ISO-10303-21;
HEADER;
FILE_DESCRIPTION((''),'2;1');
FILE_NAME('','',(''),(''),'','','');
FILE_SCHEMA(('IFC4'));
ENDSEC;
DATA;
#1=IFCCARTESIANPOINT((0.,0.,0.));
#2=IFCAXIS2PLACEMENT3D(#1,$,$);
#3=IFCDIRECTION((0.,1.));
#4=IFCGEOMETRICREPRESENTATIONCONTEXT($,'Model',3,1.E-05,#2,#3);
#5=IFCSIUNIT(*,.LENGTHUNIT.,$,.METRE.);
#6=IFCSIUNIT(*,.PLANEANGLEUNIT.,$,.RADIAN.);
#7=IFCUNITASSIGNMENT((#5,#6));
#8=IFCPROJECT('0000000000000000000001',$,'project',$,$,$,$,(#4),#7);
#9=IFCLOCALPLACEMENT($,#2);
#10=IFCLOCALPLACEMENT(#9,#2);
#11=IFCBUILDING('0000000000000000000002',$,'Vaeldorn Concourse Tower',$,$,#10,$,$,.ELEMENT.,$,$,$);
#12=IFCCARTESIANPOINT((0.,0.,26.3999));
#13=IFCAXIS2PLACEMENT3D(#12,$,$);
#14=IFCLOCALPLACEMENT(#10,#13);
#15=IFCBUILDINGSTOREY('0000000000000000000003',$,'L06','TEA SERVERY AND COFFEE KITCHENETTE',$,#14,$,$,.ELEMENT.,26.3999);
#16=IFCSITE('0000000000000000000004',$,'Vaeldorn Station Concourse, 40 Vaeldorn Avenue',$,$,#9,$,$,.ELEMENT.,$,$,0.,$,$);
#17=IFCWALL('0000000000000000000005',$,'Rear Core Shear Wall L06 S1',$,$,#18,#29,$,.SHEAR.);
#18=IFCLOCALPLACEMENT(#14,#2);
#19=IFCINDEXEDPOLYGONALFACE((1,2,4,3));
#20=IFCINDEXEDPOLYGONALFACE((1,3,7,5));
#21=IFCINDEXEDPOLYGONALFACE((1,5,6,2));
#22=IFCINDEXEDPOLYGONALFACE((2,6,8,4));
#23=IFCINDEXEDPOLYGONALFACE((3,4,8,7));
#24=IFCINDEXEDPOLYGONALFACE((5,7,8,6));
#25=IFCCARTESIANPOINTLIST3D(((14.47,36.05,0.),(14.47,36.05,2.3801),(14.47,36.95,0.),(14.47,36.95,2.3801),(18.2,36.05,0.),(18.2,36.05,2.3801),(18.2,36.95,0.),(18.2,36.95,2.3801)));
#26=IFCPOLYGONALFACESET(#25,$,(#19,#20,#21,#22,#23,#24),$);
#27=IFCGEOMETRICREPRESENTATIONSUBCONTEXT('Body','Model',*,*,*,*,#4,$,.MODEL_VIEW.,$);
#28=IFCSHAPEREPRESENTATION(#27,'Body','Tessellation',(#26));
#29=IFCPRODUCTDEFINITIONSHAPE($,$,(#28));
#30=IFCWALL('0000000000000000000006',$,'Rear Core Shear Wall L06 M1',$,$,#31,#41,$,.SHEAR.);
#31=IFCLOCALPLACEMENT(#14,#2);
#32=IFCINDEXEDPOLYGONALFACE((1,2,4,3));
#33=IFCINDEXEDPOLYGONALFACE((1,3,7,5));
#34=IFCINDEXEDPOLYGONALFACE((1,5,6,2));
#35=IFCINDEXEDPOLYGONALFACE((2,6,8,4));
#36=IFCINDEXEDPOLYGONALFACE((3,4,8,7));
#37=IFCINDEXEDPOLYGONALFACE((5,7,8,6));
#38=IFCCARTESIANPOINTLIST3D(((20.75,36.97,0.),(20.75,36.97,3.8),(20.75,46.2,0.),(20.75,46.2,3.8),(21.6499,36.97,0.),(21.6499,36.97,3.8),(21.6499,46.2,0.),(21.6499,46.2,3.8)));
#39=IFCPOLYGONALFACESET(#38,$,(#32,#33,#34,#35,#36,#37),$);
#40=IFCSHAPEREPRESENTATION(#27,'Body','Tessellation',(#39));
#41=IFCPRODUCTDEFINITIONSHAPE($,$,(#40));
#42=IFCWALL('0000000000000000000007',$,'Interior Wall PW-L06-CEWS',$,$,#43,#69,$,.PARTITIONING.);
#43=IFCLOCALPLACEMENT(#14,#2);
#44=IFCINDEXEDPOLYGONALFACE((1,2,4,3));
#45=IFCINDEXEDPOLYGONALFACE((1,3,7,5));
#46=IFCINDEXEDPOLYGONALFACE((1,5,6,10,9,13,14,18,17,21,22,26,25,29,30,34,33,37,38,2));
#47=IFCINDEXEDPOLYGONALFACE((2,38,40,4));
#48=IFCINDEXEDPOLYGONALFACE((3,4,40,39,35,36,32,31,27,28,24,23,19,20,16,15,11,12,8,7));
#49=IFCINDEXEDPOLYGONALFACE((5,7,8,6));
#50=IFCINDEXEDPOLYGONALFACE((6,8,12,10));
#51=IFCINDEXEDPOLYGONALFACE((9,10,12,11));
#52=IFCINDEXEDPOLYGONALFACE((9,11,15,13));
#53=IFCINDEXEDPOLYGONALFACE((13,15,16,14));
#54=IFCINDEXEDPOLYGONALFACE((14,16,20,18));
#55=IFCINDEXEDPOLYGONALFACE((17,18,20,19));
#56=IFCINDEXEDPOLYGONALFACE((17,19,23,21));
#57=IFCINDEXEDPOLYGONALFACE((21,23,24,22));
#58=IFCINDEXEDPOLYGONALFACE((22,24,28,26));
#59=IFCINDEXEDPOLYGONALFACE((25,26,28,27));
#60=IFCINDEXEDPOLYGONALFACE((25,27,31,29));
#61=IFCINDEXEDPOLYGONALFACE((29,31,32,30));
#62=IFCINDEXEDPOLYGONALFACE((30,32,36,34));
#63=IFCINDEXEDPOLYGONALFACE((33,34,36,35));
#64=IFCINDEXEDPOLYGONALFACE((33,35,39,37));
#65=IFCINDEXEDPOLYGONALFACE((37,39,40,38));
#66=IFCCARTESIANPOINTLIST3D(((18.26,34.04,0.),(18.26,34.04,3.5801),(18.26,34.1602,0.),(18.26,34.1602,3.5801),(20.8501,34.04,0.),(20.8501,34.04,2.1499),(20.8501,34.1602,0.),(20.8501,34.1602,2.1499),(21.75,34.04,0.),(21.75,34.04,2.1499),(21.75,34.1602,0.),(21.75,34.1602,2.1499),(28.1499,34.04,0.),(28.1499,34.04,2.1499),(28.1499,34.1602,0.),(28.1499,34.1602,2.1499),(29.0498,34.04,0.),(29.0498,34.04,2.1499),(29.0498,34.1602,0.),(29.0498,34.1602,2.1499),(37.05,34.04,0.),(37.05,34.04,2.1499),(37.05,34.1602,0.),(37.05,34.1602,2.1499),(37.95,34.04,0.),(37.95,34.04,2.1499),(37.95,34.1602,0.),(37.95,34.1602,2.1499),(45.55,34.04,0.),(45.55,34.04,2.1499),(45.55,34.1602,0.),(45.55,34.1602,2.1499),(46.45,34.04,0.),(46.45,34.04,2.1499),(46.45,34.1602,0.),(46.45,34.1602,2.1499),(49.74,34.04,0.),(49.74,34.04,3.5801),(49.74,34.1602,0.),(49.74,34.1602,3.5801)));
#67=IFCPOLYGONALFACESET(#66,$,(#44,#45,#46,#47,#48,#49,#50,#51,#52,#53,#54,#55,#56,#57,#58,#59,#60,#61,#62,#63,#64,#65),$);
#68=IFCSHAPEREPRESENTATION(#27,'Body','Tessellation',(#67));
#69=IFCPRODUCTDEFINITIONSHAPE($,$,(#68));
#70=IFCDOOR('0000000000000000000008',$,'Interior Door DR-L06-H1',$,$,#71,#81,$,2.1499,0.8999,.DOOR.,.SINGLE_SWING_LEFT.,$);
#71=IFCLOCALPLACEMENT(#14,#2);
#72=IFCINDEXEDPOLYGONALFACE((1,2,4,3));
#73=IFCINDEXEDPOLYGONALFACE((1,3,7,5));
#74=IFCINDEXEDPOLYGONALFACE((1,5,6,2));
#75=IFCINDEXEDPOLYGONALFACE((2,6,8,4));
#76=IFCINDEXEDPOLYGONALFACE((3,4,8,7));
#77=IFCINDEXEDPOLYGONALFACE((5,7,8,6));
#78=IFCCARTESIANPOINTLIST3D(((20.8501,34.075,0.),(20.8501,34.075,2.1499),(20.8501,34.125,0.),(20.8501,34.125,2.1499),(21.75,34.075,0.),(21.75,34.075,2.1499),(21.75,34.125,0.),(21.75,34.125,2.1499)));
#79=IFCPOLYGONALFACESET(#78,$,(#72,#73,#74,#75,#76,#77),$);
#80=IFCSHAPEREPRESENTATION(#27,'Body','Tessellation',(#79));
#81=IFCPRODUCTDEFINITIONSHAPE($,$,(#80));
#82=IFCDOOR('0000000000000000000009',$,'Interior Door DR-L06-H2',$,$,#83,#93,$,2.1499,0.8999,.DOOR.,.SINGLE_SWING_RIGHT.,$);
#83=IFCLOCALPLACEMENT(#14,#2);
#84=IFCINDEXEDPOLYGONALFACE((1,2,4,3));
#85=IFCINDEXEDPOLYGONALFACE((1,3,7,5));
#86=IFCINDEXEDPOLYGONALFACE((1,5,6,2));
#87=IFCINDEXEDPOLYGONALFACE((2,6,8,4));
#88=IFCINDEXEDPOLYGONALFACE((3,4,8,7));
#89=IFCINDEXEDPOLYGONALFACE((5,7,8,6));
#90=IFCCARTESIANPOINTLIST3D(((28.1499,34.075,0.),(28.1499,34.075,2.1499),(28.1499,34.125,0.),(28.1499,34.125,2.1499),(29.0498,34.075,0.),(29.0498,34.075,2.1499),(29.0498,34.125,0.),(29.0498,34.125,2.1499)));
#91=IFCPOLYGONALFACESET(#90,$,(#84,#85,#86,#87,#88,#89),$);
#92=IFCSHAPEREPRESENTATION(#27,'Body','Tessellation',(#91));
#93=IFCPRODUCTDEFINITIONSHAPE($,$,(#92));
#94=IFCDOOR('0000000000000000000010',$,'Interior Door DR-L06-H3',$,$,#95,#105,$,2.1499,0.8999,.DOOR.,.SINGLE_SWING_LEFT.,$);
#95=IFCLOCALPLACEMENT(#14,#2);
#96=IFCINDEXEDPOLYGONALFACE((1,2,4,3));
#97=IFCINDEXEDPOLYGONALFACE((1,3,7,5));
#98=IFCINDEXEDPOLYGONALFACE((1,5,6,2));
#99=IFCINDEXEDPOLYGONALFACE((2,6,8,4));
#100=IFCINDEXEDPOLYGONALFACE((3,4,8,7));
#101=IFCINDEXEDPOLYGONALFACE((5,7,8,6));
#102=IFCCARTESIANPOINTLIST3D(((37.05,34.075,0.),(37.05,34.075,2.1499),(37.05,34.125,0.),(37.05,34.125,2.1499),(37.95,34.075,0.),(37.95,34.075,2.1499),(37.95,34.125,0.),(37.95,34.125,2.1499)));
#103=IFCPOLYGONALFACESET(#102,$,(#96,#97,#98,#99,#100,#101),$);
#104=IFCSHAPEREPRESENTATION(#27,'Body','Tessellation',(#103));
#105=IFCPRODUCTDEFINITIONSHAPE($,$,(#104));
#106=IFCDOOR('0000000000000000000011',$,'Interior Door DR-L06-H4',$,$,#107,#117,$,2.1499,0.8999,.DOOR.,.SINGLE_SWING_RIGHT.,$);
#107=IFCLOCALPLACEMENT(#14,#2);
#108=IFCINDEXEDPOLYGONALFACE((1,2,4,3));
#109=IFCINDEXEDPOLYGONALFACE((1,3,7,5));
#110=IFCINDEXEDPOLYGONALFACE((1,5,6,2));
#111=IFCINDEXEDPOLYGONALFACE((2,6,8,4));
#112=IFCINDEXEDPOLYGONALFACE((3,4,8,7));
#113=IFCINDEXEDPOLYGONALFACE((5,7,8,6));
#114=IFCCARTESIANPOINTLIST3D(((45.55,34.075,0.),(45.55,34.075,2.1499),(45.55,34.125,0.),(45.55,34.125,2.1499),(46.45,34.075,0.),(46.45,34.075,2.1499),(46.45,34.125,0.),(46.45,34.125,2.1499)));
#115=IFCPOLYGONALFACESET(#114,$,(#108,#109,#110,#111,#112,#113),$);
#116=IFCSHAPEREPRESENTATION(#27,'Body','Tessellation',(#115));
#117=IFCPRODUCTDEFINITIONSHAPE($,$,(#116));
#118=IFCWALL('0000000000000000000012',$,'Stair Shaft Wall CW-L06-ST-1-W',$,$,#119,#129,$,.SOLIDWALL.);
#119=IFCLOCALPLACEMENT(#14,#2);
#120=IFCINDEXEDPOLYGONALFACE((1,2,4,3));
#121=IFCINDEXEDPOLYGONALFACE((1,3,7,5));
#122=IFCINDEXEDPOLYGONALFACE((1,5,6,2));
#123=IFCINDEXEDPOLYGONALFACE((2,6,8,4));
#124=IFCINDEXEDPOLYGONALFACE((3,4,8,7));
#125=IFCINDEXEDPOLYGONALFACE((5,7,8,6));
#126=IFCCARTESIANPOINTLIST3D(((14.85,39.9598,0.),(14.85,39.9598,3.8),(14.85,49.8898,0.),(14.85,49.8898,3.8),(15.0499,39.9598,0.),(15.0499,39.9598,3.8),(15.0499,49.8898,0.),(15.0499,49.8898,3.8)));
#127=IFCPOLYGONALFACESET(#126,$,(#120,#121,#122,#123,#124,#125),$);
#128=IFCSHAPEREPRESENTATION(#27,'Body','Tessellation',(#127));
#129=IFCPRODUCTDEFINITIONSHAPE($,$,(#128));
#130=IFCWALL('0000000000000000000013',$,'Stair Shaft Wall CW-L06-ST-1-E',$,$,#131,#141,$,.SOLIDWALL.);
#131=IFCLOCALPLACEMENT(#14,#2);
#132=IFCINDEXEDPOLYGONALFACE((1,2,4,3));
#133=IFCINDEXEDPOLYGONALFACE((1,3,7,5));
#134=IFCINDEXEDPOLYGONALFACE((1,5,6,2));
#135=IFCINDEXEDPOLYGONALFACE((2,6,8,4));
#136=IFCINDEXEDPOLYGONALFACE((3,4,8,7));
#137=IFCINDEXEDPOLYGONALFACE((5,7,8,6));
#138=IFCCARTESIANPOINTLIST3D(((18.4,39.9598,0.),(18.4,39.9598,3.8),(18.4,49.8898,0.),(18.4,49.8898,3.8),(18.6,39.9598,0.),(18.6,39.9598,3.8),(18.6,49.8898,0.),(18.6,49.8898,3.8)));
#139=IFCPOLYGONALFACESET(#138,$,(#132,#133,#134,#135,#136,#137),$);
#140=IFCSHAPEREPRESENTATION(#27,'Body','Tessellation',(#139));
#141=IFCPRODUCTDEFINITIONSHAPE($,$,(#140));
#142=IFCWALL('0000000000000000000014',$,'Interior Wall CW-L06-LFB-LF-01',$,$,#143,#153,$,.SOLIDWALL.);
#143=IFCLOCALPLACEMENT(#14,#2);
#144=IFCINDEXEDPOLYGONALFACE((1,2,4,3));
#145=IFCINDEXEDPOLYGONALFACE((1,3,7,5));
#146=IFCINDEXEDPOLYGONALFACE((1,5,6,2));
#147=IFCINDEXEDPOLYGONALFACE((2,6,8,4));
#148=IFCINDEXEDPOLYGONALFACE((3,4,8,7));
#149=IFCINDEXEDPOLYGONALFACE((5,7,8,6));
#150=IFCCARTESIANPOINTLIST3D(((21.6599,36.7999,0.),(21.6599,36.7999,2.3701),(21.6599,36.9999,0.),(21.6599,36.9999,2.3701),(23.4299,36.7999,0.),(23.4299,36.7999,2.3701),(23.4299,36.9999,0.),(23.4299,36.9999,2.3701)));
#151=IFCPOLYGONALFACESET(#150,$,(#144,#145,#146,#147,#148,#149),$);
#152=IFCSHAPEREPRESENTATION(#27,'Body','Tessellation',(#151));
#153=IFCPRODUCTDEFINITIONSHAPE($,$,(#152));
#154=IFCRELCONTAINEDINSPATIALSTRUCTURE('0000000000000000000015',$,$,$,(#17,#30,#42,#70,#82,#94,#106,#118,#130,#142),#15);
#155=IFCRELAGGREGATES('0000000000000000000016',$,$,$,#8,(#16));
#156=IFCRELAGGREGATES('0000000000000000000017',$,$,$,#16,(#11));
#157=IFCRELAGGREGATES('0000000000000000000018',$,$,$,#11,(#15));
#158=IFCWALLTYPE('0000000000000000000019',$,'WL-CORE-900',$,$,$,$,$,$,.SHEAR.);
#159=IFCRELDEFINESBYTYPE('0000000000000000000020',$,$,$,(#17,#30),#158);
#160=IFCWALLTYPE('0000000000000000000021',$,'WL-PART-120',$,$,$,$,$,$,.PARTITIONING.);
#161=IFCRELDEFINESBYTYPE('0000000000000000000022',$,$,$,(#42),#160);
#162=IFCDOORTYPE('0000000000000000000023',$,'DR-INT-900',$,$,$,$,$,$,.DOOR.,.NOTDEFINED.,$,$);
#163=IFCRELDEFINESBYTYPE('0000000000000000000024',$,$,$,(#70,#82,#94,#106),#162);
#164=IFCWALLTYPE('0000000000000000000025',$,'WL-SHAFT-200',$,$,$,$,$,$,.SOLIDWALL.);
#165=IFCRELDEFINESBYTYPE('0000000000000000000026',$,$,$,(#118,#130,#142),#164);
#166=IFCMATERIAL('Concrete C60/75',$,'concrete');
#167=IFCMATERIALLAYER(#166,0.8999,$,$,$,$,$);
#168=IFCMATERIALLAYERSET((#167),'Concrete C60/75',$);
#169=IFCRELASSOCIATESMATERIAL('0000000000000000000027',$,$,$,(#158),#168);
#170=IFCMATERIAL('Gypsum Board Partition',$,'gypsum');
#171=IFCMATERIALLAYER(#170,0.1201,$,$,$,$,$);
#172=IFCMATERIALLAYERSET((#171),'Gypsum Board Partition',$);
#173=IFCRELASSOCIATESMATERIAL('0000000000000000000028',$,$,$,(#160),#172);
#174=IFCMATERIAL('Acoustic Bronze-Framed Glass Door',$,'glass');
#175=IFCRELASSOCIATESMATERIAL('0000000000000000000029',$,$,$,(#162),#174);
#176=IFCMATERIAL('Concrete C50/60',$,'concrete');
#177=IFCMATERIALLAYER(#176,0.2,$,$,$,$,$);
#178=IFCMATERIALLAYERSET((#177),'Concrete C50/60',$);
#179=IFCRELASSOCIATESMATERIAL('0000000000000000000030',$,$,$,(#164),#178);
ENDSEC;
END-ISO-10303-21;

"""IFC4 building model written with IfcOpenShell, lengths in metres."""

from ifc_helpers import new_model, si_unit, direction, frame, frame_2d, origin, place, context, subcontext, project, spatial, rectangle, extrude, source, transform, mapped, material, layer, layer_set, type_object, element, fill, save


model = new_model("IFC4")

# Units and contexts
model_context = context("Model", 3, precision=1e-05, world=origin(), true_north=direction((0.0, 1.0)))
body_context = subcontext(model_context, "Body", "Model", "MODEL_VIEW")
ifc_project = project(units=[si_unit("LENGTHUNIT", "METRE"), si_unit("PLANEANGLEUNIT", "RADIAN")], contexts=[model_context])

# Site, building, storey
site_placement = place(None, origin())
site = spatial("IfcSite", under=ifc_project, at=site_placement, Name="Vaeldorn Station Concourse, 40 Vaeldorn Avenue", CompositionType="ELEMENT", RefElevation=0.0)
building_placement = place(site_placement, origin())
building = spatial("IfcBuilding", under=site, at=building_placement, Name="Vaeldorn Concourse Tower", CompositionType="ELEMENT")
storey_placement = place(building_placement, frame((0.0, 0.0, 26.3999)))
storey = spatial("IfcBuildingStorey", under=building, at=storey_placement, Name="L06", Description="TEA SERVERY AND COFFEE KITCHENETTE", CompositionType="ELEMENT", Elevation=26.3999)

# Walls
ifc_material_1 = material(Name="Concrete C60/75", Category="concrete")
ifc_layer_1 = layer(ifc_material_1, 0.8999)
ifc_layer_set_1 = layer_set([ifc_layer_1], Name="Concrete C60/75")
wall_type_1 = type_object("IfcWallType", Name="WL-CORE-900", PredefinedType="SHEAR", material=ifc_layer_set_1)
wall_1_placement = place(storey_placement, frame((14.47, 36.5, 0.0), z_axis=(0.0, 0.0, 1.0), x_axis=(1.0, 0.0, 0.0)))
element("IfcWall", 1, at=wall_1_placement, inside=storey, type_object=wall_type_1, Name="Rear Core Shear Wall L06 S1", PredefinedType="SHEAR", context=body_context, shape_type="SweptSolid", body=[
    extrude(rectangle(XDim=3.73, YDim=0.8999, at=frame_2d((1.865, 0.0))), origin(), (0.0, 0.0, 1.0), 2.3801),
])
wall_2_placement = place(storey_placement, frame((21.2, 36.97, 0.0), z_axis=(0.0, 0.0, 1.0), x_axis=(0.0, 1.0, 0.0)))
element("IfcWall", 2, at=wall_2_placement, inside=storey, type_object=wall_type_1, Name="Rear Core Shear Wall L06 M1", PredefinedType="SHEAR", context=body_context, shape_type="SweptSolid", body=[
    extrude(rectangle(XDim=9.23, YDim=0.8999, at=frame_2d((4.615, 0.0))), origin(), (0.0, 0.0, 1.0), 3.8),
])

# Wall, openings, doors
ifc_material_2 = material(Name="Gypsum Board Partition", Category="gypsum")
ifc_layer_2 = layer(ifc_material_2, 0.1201)
ifc_layer_set_2 = layer_set([ifc_layer_2], Name="Gypsum Board Partition")
wall_type_2 = type_object("IfcWallType", Name="WL-PART-120", PredefinedType="PARTITIONING", material=ifc_layer_set_2)
wall_3_placement = place(storey_placement, frame((18.26, 34.1001, 0.0), z_axis=(0.0, 0.0, 1.0), x_axis=(1.0, 0.0, 0.0)))
wall_3 = element("IfcWall", 3, at=wall_3_placement, inside=storey, type_object=wall_type_2, Name="Interior Wall PW-L06-CEWS", PredefinedType="PARTITIONING", context=body_context, shape_type="SweptSolid", body=[
    extrude(rectangle(XDim=31.48, YDim=0.1201, at=frame_2d((15.74, 0.0))), origin(), (0.0, 0.0, 1.0), 3.5801),
])
opening_1_placement = place(wall_3_placement, frame((2.5901, 0.0, 0.0)))
opening_1 = element("IfcOpeningElement", 4, at=opening_1_placement, cuts=wall_3, PredefinedType="OPENING", context=body_context, shape_type="SweptSolid", body=[
    extrude(rectangle(XDim=0.8999, YDim=2.1499, at=frame_2d((0.45, 1.075))), frame((0.0, 0.0701, 0.0), z_axis=(0.0, -1.0, 0.0), x_axis=(1.0, 0.0, 0.0)), (0.0, 0.0, 1.0), 0.1401),
])
opening_2_placement = place(wall_3_placement, frame((9.8899, 0.0, 0.0)))
opening_2 = element("IfcOpeningElement", 5, at=opening_2_placement, cuts=wall_3, PredefinedType="OPENING", context=body_context, shape_type="SweptSolid", body=[
    extrude(rectangle(XDim=0.8999, YDim=2.1499, at=frame_2d((0.45, 1.075))), frame((0.0, 0.0701, 0.0), z_axis=(0.0, -1.0, 0.0), x_axis=(1.0, 0.0, 0.0)), (0.0, 0.0, 1.0), 0.1401),
])
opening_3_placement = place(wall_3_placement, frame((18.79, 0.0, 0.0)))
opening_3 = element("IfcOpeningElement", 6, at=opening_3_placement, cuts=wall_3, PredefinedType="OPENING", context=body_context, shape_type="SweptSolid", body=[
    extrude(rectangle(XDim=0.8999, YDim=2.1499, at=frame_2d((0.45, 1.075))), frame((0.0, 0.0701, 0.0), z_axis=(0.0, -1.0, 0.0), x_axis=(1.0, 0.0, 0.0)), (0.0, 0.0, 1.0), 0.1401),
])
opening_4_placement = place(wall_3_placement, frame((27.29, 0.0, 0.0)))
opening_4 = element("IfcOpeningElement", 7, at=opening_4_placement, cuts=wall_3, PredefinedType="OPENING", context=body_context, shape_type="SweptSolid", body=[
    extrude(rectangle(XDim=0.8999, YDim=2.1499, at=frame_2d((0.45, 1.075))), frame((0.0, 0.0701, 0.0), z_axis=(0.0, -1.0, 0.0), x_axis=(1.0, 0.0, 0.0)), (0.0, 0.0, 1.0), 0.1401),
])
ifc_material_3 = material(Name="Acoustic Bronze-Framed Glass Door", Category="glass")
door_type_1 = type_object("IfcDoorType", Name="DR-INT-900", OperationType="NOTDEFINED", PredefinedType="DOOR", material=ifc_material_3)
shared_shape_1 = source(origin(), body_context, "Body", "SweptSolid", [
    extrude(rectangle(XDim=0.8999, YDim=2.1499, at=frame_2d((0.45, 1.075))), frame((0.0, 0.0249, 0.0), z_axis=(0.0, -1.0, 0.0), x_axis=(1.0, 0.0, 0.0)), (0.0, 0.0, 1.0), 0.05),
])
door_1_placement = place(opening_1_placement, origin())
door_1 = element("IfcDoor", 8, at=door_1_placement, inside=storey, type_object=door_type_1, Name="Interior Door DR-L06-H1", OperationType="SINGLE_SWING_LEFT", OverallHeight=2.1499, OverallWidth=0.8999, PredefinedType="DOOR", context=body_context, shape_type="MappedRepresentation", body=[
    mapped(shared_shape_1, transform((0.0, 0.0, 0.0), scale=1.0)),
])
fill(opening_1, door_1)
door_2_placement = place(opening_2_placement, origin())
door_2 = element("IfcDoor", 9, at=door_2_placement, inside=storey, type_object=door_type_1, Name="Interior Door DR-L06-H2", OperationType="SINGLE_SWING_RIGHT", OverallHeight=2.1499, OverallWidth=0.8999, PredefinedType="DOOR", context=body_context, shape_type="MappedRepresentation", body=[
    mapped(shared_shape_1, transform((0.0, 0.0, 0.0), scale=1.0)),
])
fill(opening_2, door_2)
door_3_placement = place(opening_3_placement, origin())
door_3 = element("IfcDoor", 10, at=door_3_placement, inside=storey, type_object=door_type_1, Name="Interior Door DR-L06-H3", OperationType="SINGLE_SWING_LEFT", OverallHeight=2.1499, OverallWidth=0.8999, PredefinedType="DOOR", context=body_context, shape_type="MappedRepresentation", body=[
    mapped(shared_shape_1, transform((0.0, 0.0, 0.0), scale=1.0)),
])
fill(opening_3, door_3)
door_4_placement = place(opening_4_placement, origin())
door_4 = element("IfcDoor", 11, at=door_4_placement, inside=storey, type_object=door_type_1, Name="Interior Door DR-L06-H4", OperationType="SINGLE_SWING_RIGHT", OverallHeight=2.1499, OverallWidth=0.8999, PredefinedType="DOOR", context=body_context, shape_type="MappedRepresentation", body=[
    mapped(shared_shape_1, transform((0.0, 0.0, 0.0), scale=1.0)),
])
fill(opening_4, door_4)

# Walls
ifc_material_4 = material(Name="Concrete C50/60", Category="concrete")
ifc_layer_3 = layer(ifc_material_4, 0.2)
ifc_layer_set_3 = layer_set([ifc_layer_3], Name="Concrete C50/60")
wall_type_3 = type_object("IfcWallType", Name="WL-SHAFT-200", PredefinedType="SOLIDWALL", material=ifc_layer_set_3)
for number, where, z_axis, x_axis, name in (
    (12, (14.95, 39.96, 0.0), (0.0, 0.0, 1.0), (0.0, 1.0, 0.0), "Stair Shaft Wall CW-L06-ST-1-W"),
    (13, (18.5, 39.96, 0.0), (0.0, 0.0, 1.0), (0.0, 1.0, 0.0), "Stair Shaft Wall CW-L06-ST-1-E"),
):
    element("IfcWall", number, at=place(storey_placement, frame(where, z_axis=z_axis, x_axis=x_axis)), inside=storey, type_object=wall_type_3, Name=name, PredefinedType="SOLIDWALL", context=body_context, shape_type="SweptSolid", body=[
        extrude(rectangle(XDim=9.9299, YDim=0.2, at=frame_2d((4.9648, 0.0))), origin(), (0.0, 0.0, 1.0), 3.8),
    ])

# Wall
wall_4_placement = place(storey_placement, frame((21.6599, 36.8999, 0.0), z_axis=(0.0, 0.0, 1.0), x_axis=(1.0, 0.0, 0.0)))
element("IfcWall", 14, at=wall_4_placement, inside=storey, type_object=wall_type_3, Name="Interior Wall CW-L06-LFB-LF-01", PredefinedType="SOLIDWALL", context=body_context, shape_type="SweptSolid", body=[
    extrude(rectangle(XDim=1.77, YDim=0.2, at=frame_2d((0.885, 0.0))), origin(), (0.0, 0.0, 1.0), 2.3701),
])

save(model, "model.ifc")
